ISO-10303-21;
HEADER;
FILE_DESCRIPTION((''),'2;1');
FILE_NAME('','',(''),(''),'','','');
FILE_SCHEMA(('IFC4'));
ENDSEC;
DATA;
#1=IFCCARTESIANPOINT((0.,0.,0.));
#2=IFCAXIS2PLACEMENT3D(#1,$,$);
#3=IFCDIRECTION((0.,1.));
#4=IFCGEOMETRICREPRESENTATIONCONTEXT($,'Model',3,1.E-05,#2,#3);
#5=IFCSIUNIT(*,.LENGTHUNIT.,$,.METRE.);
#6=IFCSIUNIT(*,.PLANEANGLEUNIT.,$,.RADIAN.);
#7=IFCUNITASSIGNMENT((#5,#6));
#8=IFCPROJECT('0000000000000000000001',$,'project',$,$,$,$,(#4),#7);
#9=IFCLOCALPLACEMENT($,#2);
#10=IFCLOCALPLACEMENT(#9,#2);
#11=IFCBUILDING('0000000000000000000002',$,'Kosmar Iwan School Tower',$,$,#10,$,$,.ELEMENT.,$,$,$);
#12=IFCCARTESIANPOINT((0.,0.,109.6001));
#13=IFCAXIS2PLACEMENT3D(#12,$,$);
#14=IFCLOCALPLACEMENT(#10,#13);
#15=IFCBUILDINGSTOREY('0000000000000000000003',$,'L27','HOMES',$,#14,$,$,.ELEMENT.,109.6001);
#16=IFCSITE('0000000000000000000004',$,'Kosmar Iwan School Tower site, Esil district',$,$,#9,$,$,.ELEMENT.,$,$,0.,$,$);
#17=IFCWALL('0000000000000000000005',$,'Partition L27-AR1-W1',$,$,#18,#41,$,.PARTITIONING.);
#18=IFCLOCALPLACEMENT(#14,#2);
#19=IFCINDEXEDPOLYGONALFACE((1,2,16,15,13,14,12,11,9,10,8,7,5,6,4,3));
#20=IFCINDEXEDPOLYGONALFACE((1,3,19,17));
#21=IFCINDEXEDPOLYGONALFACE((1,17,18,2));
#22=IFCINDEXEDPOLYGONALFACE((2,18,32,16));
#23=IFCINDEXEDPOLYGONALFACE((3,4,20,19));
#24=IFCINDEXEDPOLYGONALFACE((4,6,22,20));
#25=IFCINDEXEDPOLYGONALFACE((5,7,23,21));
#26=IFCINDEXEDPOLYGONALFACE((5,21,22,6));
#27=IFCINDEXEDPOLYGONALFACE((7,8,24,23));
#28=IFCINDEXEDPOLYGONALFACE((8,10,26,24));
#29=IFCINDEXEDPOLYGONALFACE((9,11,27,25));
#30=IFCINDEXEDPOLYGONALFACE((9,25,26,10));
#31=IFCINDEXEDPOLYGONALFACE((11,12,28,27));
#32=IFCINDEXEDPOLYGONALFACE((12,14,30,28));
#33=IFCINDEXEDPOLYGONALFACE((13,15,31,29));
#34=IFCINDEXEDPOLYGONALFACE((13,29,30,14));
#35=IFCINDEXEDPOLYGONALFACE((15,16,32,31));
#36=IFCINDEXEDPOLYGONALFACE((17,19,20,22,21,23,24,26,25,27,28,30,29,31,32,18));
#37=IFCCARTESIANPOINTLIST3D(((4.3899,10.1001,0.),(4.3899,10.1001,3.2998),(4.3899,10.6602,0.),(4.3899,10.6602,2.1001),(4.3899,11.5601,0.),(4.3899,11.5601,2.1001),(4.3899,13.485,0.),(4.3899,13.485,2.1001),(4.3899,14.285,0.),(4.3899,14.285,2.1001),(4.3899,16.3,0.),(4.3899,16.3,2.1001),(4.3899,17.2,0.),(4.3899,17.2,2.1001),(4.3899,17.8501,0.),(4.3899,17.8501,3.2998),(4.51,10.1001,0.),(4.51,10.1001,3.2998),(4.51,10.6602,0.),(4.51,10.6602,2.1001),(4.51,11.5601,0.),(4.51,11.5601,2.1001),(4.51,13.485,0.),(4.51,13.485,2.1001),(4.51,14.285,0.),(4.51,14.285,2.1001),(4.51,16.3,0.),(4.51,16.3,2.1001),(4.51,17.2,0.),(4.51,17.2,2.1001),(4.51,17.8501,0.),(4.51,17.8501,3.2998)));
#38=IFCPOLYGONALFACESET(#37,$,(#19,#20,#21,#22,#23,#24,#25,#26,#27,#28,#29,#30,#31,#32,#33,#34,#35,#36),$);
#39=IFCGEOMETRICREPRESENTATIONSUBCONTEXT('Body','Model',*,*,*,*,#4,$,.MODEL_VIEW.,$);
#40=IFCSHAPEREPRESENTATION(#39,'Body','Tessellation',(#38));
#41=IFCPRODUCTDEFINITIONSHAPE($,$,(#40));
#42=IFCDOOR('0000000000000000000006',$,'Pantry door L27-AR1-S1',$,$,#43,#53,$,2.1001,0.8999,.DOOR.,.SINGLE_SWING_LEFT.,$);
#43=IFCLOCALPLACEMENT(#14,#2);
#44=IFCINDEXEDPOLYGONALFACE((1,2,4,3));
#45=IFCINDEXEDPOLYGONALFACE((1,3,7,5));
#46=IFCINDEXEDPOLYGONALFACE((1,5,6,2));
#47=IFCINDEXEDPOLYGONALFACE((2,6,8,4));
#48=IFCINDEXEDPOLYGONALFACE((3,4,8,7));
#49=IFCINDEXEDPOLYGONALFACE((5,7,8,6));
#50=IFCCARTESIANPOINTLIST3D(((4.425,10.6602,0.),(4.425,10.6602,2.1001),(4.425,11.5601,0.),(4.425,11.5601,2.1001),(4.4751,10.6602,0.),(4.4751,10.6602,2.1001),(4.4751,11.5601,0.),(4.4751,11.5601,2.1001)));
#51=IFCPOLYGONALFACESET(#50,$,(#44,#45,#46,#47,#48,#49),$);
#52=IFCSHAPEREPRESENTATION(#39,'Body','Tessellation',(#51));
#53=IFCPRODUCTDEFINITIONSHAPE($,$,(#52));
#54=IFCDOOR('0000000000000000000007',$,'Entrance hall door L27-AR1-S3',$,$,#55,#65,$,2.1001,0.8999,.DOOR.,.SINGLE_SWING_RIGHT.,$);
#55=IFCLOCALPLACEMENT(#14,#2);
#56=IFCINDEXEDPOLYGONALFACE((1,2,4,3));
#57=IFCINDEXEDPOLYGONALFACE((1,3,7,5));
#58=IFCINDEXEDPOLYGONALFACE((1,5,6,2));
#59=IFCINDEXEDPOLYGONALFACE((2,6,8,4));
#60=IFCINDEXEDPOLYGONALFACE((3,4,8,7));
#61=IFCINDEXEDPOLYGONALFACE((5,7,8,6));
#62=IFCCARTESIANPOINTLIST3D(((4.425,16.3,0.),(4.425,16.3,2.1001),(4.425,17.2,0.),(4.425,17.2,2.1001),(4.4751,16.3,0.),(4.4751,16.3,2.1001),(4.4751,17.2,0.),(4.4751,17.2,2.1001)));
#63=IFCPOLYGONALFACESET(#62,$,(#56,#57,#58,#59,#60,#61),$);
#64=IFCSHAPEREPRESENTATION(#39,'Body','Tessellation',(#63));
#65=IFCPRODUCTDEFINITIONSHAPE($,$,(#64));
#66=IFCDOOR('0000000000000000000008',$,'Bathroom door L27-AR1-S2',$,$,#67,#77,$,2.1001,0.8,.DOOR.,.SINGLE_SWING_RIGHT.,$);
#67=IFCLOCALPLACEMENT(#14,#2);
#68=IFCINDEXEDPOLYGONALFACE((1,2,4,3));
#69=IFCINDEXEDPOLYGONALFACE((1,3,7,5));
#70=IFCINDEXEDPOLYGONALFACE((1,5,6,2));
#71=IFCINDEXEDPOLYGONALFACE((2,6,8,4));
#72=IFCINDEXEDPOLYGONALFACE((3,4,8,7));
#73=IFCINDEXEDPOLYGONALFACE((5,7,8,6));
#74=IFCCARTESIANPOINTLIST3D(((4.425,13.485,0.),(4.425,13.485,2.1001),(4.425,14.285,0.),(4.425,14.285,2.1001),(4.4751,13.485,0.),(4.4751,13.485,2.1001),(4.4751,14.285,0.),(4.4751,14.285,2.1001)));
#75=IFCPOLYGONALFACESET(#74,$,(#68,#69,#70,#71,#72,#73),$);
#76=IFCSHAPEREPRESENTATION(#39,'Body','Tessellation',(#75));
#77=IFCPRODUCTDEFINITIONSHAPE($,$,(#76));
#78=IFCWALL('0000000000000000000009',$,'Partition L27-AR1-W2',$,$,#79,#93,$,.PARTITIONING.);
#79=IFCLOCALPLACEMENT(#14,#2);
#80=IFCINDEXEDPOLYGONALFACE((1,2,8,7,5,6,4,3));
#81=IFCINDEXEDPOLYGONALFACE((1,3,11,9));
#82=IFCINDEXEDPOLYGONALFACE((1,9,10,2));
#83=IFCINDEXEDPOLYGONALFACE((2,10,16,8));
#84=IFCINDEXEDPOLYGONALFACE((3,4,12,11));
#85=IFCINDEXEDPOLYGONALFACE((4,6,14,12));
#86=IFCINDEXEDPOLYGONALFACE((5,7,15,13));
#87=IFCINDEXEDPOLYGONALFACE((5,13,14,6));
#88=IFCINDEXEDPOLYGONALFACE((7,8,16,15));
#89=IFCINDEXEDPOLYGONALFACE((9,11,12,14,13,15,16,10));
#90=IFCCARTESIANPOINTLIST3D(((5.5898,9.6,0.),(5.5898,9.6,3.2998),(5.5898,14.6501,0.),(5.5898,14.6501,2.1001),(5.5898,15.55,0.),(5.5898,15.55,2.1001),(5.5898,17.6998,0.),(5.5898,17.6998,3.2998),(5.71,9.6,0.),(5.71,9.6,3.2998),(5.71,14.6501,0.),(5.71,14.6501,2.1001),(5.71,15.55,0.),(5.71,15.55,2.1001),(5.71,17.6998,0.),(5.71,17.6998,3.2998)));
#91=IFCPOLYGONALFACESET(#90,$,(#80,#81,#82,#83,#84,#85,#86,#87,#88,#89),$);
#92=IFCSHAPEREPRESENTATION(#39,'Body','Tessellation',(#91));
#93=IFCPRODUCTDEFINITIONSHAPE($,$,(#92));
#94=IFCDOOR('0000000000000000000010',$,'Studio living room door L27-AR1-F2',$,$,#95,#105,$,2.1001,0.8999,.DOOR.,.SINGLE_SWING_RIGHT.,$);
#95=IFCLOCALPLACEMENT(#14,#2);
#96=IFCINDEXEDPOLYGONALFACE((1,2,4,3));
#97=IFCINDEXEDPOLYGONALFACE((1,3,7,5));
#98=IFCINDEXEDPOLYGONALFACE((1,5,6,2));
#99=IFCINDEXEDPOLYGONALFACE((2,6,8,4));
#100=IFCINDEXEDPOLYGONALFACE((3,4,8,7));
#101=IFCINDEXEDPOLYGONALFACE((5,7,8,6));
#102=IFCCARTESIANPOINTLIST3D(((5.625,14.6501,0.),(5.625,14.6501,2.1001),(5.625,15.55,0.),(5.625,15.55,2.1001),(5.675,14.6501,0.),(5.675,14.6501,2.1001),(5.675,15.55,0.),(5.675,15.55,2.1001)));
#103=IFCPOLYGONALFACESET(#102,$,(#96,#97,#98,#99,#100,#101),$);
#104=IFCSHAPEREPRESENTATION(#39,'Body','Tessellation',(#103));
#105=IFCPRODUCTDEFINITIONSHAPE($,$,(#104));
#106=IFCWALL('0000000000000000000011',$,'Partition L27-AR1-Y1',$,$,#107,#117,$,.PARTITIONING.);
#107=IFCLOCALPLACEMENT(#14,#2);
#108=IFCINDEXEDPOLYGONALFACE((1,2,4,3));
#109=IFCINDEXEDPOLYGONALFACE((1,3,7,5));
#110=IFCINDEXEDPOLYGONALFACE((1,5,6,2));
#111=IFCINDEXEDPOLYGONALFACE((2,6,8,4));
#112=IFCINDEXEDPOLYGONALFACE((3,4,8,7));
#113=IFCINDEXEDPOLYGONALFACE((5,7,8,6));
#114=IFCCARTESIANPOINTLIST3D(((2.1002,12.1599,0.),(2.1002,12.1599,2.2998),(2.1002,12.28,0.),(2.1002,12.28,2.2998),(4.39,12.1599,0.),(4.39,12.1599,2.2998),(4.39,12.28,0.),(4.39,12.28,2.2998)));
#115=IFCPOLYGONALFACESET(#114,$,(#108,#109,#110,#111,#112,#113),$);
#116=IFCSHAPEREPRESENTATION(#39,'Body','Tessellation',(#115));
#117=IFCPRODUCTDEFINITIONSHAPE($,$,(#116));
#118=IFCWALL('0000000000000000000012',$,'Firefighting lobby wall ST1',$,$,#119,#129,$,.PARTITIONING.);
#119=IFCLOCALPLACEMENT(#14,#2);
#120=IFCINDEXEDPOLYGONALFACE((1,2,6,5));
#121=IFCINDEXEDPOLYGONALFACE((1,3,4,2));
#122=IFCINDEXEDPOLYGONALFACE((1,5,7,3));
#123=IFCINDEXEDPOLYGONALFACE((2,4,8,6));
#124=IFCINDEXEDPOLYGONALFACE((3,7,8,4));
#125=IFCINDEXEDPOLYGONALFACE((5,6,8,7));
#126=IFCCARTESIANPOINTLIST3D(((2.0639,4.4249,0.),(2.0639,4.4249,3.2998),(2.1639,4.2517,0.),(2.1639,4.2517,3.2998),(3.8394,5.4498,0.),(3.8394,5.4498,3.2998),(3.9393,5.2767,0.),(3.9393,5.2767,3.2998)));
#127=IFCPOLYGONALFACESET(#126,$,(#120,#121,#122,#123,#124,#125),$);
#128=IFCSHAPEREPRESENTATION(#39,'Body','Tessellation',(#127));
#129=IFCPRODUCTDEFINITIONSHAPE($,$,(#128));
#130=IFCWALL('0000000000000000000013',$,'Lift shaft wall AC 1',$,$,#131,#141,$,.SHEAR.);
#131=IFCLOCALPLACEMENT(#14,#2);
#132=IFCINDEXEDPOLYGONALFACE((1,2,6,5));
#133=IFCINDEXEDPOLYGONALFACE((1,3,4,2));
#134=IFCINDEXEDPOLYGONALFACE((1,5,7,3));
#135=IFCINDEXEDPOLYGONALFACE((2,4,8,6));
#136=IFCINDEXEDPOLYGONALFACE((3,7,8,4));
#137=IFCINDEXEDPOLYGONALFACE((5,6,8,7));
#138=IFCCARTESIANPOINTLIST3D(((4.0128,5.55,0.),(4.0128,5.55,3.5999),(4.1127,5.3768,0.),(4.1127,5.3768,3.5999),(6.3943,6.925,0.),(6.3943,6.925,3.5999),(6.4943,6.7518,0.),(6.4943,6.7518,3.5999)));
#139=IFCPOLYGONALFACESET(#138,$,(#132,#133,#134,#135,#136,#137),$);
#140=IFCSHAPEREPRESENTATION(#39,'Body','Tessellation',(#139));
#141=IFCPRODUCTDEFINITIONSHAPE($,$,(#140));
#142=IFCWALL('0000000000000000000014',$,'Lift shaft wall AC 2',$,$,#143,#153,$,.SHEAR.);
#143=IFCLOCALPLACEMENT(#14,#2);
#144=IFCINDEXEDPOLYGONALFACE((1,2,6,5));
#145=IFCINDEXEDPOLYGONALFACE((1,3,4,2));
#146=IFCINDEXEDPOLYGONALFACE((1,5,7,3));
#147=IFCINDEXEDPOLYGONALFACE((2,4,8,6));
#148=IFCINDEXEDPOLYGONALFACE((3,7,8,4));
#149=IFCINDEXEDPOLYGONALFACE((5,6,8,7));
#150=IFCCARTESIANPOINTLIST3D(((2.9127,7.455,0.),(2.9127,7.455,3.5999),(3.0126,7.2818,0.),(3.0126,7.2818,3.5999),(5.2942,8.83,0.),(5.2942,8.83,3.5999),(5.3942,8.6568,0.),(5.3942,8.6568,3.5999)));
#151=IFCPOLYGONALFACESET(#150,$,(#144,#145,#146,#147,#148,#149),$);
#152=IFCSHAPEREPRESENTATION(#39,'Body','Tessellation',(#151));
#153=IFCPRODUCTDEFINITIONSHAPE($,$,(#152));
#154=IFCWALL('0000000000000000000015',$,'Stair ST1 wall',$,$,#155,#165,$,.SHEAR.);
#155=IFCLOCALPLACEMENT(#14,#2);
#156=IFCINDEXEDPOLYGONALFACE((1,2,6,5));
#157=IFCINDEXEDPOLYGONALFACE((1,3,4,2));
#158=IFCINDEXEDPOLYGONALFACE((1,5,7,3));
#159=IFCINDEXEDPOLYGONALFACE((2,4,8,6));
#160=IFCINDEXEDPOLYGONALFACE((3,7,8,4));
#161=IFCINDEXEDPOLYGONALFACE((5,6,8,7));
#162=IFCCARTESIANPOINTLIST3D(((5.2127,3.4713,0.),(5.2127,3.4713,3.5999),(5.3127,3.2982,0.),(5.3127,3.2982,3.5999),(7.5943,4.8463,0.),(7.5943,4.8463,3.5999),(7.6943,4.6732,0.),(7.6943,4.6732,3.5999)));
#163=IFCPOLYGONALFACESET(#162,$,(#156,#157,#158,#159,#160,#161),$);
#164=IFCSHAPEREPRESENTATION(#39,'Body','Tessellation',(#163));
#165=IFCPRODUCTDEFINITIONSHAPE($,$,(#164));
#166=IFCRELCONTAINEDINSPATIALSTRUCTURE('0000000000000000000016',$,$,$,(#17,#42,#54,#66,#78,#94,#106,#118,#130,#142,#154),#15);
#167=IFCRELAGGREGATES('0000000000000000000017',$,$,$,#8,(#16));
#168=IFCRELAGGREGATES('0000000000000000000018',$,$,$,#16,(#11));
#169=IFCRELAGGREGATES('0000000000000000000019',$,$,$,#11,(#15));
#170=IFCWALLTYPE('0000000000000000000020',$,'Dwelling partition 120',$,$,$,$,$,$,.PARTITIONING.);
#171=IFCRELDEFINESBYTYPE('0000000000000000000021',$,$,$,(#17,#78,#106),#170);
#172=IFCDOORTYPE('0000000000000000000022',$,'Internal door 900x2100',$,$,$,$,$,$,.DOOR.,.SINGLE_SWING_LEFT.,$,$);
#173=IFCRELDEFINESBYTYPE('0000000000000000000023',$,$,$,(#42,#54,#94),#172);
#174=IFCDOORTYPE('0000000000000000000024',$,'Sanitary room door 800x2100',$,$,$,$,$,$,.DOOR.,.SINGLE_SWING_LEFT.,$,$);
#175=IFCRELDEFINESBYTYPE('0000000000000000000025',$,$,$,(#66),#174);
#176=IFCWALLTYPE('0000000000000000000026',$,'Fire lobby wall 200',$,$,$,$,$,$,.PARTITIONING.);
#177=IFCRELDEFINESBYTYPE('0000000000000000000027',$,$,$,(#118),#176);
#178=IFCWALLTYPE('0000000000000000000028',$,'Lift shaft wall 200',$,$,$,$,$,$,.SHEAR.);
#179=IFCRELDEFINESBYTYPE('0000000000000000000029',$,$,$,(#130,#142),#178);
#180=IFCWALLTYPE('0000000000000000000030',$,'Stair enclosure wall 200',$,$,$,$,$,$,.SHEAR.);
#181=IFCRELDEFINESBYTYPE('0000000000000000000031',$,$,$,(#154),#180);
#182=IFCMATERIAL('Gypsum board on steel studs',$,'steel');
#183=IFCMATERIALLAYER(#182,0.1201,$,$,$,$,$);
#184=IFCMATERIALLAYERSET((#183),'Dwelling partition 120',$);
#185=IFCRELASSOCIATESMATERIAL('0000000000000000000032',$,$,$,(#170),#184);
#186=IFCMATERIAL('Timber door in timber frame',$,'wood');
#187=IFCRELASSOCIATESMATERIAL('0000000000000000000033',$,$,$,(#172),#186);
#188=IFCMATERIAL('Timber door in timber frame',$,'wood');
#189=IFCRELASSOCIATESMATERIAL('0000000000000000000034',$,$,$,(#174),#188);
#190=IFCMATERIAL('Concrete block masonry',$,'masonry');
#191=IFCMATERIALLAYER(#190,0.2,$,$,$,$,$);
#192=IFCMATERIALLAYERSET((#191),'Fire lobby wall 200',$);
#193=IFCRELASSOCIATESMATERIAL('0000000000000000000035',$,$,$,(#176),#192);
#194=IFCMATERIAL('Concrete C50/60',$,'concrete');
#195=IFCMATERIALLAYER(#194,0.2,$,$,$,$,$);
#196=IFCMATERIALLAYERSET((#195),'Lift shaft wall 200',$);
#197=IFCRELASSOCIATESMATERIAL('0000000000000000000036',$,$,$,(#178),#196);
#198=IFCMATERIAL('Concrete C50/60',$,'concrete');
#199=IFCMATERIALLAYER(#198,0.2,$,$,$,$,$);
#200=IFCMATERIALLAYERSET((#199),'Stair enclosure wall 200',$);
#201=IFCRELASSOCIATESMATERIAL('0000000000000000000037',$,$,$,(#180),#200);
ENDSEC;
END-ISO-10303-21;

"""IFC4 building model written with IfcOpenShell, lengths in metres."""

from ifc_helpers import new_model, si_unit, direction, frame, frame_2d, origin, place, context, subcontext, project, spatial, rectangle, extrude, material, layer, layer_set, type_object, element, fill, save


model = new_model("IFC4")

# Units and contexts
model_context = context("Model", 3, precision=1e-05, world=origin(), true_north=direction((0.0, 1.0)))
body_context = subcontext(model_context, "Body", "Model", "MODEL_VIEW")
ifc_project = project(units=[si_unit("LENGTHUNIT", "METRE"), si_unit("PLANEANGLEUNIT", "RADIAN")], contexts=[model_context])

# Site, building, storey
site_placement = place(None, origin())
site = spatial("IfcSite", under=ifc_project, at=site_placement, Name="Kosmar Iwan School Tower site, Esil district", CompositionType="ELEMENT", RefElevation=0.0)
building_placement = place(site_placement, origin())
building = spatial("IfcBuilding", under=site, at=building_placement, Name="Kosmar Iwan School Tower", CompositionType="ELEMENT")
storey_placement = place(building_placement, frame((0.0, 0.0, 109.6001)))
storey = spatial("IfcBuildingStorey", under=building, at=storey_placement, Name="L27", Description="HOMES", CompositionType="ELEMENT", Elevation=109.6001)

# Wall, openings, doors
ifc_material_1 = material(Name="Gypsum board on steel studs", Category="steel")
ifc_layer_1 = layer(ifc_material_1, 0.1201)
ifc_layer_set_1 = layer_set([ifc_layer_1], Name="Dwelling partition 120")
wall_type_1 = type_object("IfcWallType", Name="Dwelling partition 120", PredefinedType="PARTITIONING", material=ifc_layer_set_1)
wall_1_placement = place(storey_placement, frame((4.45, 10.1001, 0.0), z_axis=(0.0, 0.0, 1.0), x_axis=(0.0, 1.0, 0.0)))
wall_1 = element("IfcWall", 1, at=wall_1_placement, inside=storey, type_object=wall_type_1, Name="Partition L27-AR1-W1", PredefinedType="PARTITIONING", context=body_context, shape_type="SweptSolid", body=[
    extrude(rectangle(XDim=7.75, YDim=0.1201, at=frame_2d((3.875, 0.0))), origin(), (0.0, 0.0, 1.0), 3.2998),
])
opening_1_placement = place(wall_1_placement, frame((0.5601, 0.0, 0.0)))
opening_1 = element("IfcOpeningElement", 2, at=opening_1_placement, cuts=wall_1, PredefinedType="OPENING", context=body_context, shape_type="SweptSolid", body=[
    extrude(rectangle(XDim=0.8999, YDim=2.1001, at=frame_2d((0.45, 1.05))), frame((0.0, 0.072, 0.0), z_axis=(0.0, -1.0, 0.0), x_axis=(1.0, 0.0, 0.0)), (0.0, 0.0, 1.0), 0.144),
])
opening_2_placement = place(wall_1_placement, frame((3.385, 0.0, 0.0)))
opening_2 = element("IfcOpeningElement", 3, at=opening_2_placement, cuts=wall_1, PredefinedType="OPENING", context=body_context, shape_type="SweptSolid", body=[
    extrude(rectangle(XDim=0.8, YDim=2.1001, at=frame_2d((0.3999, 1.05))), frame((0.0, 0.072, 0.0), z_axis=(0.0, -1.0, 0.0), x_axis=(1.0, 0.0, 0.0)), (0.0, 0.0, 1.0), 0.144),
])
opening_3_placement = place(wall_1_placement, frame((6.2, 0.0, 0.0)))
opening_3 = element("IfcOpeningElement", 4, at=opening_3_placement, cuts=wall_1, PredefinedType="OPENING", context=body_context, shape_type="SweptSolid", body=[
    extrude(rectangle(XDim=0.8999, YDim=2.1001, at=frame_2d((0.45, 1.05))), frame((0.0, 0.072, 0.0), z_axis=(0.0, -1.0, 0.0), x_axis=(1.0, 0.0, 0.0)), (0.0, 0.0, 1.0), 0.144),
])
ifc_material_2 = material(Name="Timber door in timber frame", Category="wood")
door_type_1 = type_object("IfcDoorType", Name="Internal door 900x2100", OperationType="SINGLE_SWING_LEFT", PredefinedType="DOOR", material=ifc_material_2)
door_1_placement = place(opening_1_placement, origin())
door_1 = element("IfcDoor", 5, at=door_1_placement, inside=storey, type_object=door_type_1, Name="Pantry door L27-AR1-S1", OperationType="SINGLE_SWING_LEFT", OverallHeight=2.1001, OverallWidth=0.8999, PredefinedType="DOOR", context=body_context, shape_type="SweptSolid", body=[
    extrude(rectangle(XDim=0.8999, YDim=2.1001, at=frame_2d((0.45, 1.05))), frame((0.0, 0.0249, 0.0), z_axis=(0.0, -1.0, 0.0), x_axis=(1.0, 0.0, 0.0)), (0.0, 0.0, 1.0), 0.05),
])
fill(opening_1, door_1)
door_2_placement = place(opening_3_placement, origin())
door_2 = element("IfcDoor", 6, at=door_2_placement, inside=storey, type_object=door_type_1, Name="Entrance hall door L27-AR1-S3", OperationType="SINGLE_SWING_RIGHT", OverallHeight=2.1001, OverallWidth=0.8999, PredefinedType="DOOR", context=body_context, shape_type="SweptSolid", body=[
    extrude(rectangle(XDim=0.8999, YDim=2.1001, at=frame_2d((0.45, 1.05))), frame((0.0, 0.0249, 0.0), z_axis=(0.0, -1.0, 0.0), x_axis=(1.0, 0.0, 0.0)), (0.0, 0.0, 1.0), 0.05),
])
fill(opening_3, door_2)
ifc_material_3 = material(Name="Timber door in timber frame", Category="wood")
door_type_2 = type_object("IfcDoorType", Name="Sanitary room door 800x2100", OperationType="SINGLE_SWING_LEFT", PredefinedType="DOOR", material=ifc_material_3)
door_3_placement = place(opening_2_placement, origin())
door_3 = element("IfcDoor", 7, at=door_3_placement, inside=storey, type_object=door_type_2, Name="Bathroom door L27-AR1-S2", OperationType="SINGLE_SWING_RIGHT", OverallHeight=2.1001, OverallWidth=0.8, PredefinedType="DOOR", context=body_context, shape_type="SweptSolid", body=[
    extrude(rectangle(XDim=0.8, YDim=2.1001, at=frame_2d((0.3999, 1.05))), frame((0.0, 0.0249, 0.0), z_axis=(0.0, -1.0, 0.0), x_axis=(1.0, 0.0, 0.0)), (0.0, 0.0, 1.0), 0.05),
])
fill(opening_2, door_3)

# Wall, opening, door
wall_2_placement = place(storey_placement, frame((5.6499, 9.6001, 0.0), z_axis=(0.0, 0.0, 1.0), x_axis=(0.0, 1.0, 0.0)))
wall_2 = element("IfcWall", 8, at=wall_2_placement, inside=storey, type_object=wall_type_1, Name="Partition L27-AR1-W2", PredefinedType="PARTITIONING", context=body_context, shape_type="SweptSolid", body=[
    extrude(rectangle(XDim=8.0999, YDim=0.1201, at=frame_2d((4.0498, 0.0))), origin(), (0.0, 0.0, 1.0), 3.2998),
])
opening_4_placement = place(wall_2_placement, frame((5.05, 0.0, 0.0)))
opening_4 = element("IfcOpeningElement", 9, at=opening_4_placement, cuts=wall_2, PredefinedType="OPENING", context=body_context, shape_type="SweptSolid", body=[
    extrude(rectangle(XDim=0.8999, YDim=2.1001, at=frame_2d((0.45, 1.05))), frame((0.0, 0.072, 0.0), z_axis=(0.0, -1.0, 0.0), x_axis=(1.0, 0.0, 0.0)), (0.0, 0.0, 1.0), 0.144),
])
door_4_placement = place(opening_4_placement, origin())
door_4 = element("IfcDoor", 10, at=door_4_placement, inside=storey, type_object=door_type_1, Name="Studio living room door L27-AR1-F2", OperationType="SINGLE_SWING_RIGHT", OverallHeight=2.1001, OverallWidth=0.8999, PredefinedType="DOOR", context=body_context, shape_type="SweptSolid", body=[
    extrude(rectangle(XDim=0.8999, YDim=2.1001, at=frame_2d((0.45, 1.05))), frame((0.0, 0.0249, 0.0), z_axis=(0.0, -1.0, 0.0), x_axis=(1.0, 0.0, 0.0)), (0.0, 0.0, 1.0), 0.05),
])
fill(opening_4, door_4)

# Walls
wall_3_placement = place(storey_placement, frame((2.1001, 12.22, 0.0), z_axis=(0.0, 0.0, 1.0), x_axis=(1.0, 0.0, 0.0)))
element("IfcWall", 11, at=wall_3_placement, inside=storey, type_object=wall_type_1, Name="Partition L27-AR1-Y1", PredefinedType="PARTITIONING", context=body_context, shape_type="SweptSolid", body=[
    extrude(rectangle(XDim=2.2898, YDim=0.1201, at=frame_2d((1.145, 0.0))), origin(), (0.0, 0.0, 1.0), 2.2998),
])
ifc_material_4 = material(Name="Concrete block masonry", Category="masonry")
ifc_layer_2 = layer(ifc_material_4, 0.2)
ifc_layer_set_2 = layer_set([ifc_layer_2], Name="Fire lobby wall 200")
wall_type_2 = type_object("IfcWallType", Name="Fire lobby wall 200", PredefinedType="PARTITIONING", material=ifc_layer_set_2)
wall_4_placement = place(storey_placement, frame((2.114, 4.3384, 0.0), z_axis=(0.0, 0.0, 1.0), x_axis=(0.866051, 0.499956, 0.0)))
element("IfcWall", 12, at=wall_4_placement, inside=storey, type_object=wall_type_2, Name="Firefighting lobby wall ST1", PredefinedType="PARTITIONING", context=body_context, shape_type="SweptSolid", body=[
    extrude(rectangle(XDim=2.05, YDim=0.2, at=frame_2d((1.0249, 0.0))), origin(), (0.0, 0.0, 1.0), 3.2998),
])
ifc_material_5 = material(Name="Concrete C50/60", Category="concrete")
ifc_layer_3 = layer(ifc_material_5, 0.2)
ifc_layer_set_3 = layer_set([ifc_layer_3], Name="Lift shaft wall 200")
wall_type_3 = type_object("IfcWallType", Name="Lift shaft wall 200", PredefinedType="SHEAR", material=ifc_layer_set_3)
for number, where, z_axis, x_axis, name in (
    (13, (4.0627, 5.4634, 0.0), (0.0, 0.0, 1.0), (0.866027, 0.499997, 0.0), "Lift shaft wall AC 1"),
    (14, (2.9626, 7.3684, 0.0), (0.0, 0.0, 1.0), (0.866027, 0.499997, 0.0), "Lift shaft wall AC 2"),
):
    element("IfcWall", number, at=place(storey_placement, frame(where, z_axis=z_axis, x_axis=x_axis)), inside=storey, type_object=wall_type_3, Name=name, PredefinedType="SHEAR", context=body_context, shape_type="SweptSolid", body=[
        extrude(rectangle(XDim=2.75, YDim=0.2, at=frame_2d((1.375, 0.0))), origin(), (0.0, 0.0, 1.0), 3.5999),
    ])
ifc_material_6 = material(Name="Concrete C50/60", Category="concrete")
ifc_layer_4 = layer(ifc_material_6, 0.2)
ifc_layer_set_4 = layer_set([ifc_layer_4], Name="Stair enclosure wall 200")
wall_type_4 = type_object("IfcWallType", Name="Stair enclosure wall 200", PredefinedType="SHEAR", material=ifc_layer_set_4)
wall_5_placement = place(storey_placement, frame((5.2627, 3.3848, 0.0), z_axis=(0.0, 0.0, 1.0), x_axis=(0.866027, 0.499997, 0.0)))
element("IfcWall", 15, at=wall_5_placement, inside=storey, type_object=wall_type_4, Name="Stair ST1 wall", PredefinedType="SHEAR", context=body_context, shape_type="SweptSolid", body=[
    extrude(rectangle(XDim=2.75, YDim=0.2, at=frame_2d((1.375, 0.0))), origin(), (0.0, 0.0, 1.0), 3.5999),
])

save(model, "model.ifc")
